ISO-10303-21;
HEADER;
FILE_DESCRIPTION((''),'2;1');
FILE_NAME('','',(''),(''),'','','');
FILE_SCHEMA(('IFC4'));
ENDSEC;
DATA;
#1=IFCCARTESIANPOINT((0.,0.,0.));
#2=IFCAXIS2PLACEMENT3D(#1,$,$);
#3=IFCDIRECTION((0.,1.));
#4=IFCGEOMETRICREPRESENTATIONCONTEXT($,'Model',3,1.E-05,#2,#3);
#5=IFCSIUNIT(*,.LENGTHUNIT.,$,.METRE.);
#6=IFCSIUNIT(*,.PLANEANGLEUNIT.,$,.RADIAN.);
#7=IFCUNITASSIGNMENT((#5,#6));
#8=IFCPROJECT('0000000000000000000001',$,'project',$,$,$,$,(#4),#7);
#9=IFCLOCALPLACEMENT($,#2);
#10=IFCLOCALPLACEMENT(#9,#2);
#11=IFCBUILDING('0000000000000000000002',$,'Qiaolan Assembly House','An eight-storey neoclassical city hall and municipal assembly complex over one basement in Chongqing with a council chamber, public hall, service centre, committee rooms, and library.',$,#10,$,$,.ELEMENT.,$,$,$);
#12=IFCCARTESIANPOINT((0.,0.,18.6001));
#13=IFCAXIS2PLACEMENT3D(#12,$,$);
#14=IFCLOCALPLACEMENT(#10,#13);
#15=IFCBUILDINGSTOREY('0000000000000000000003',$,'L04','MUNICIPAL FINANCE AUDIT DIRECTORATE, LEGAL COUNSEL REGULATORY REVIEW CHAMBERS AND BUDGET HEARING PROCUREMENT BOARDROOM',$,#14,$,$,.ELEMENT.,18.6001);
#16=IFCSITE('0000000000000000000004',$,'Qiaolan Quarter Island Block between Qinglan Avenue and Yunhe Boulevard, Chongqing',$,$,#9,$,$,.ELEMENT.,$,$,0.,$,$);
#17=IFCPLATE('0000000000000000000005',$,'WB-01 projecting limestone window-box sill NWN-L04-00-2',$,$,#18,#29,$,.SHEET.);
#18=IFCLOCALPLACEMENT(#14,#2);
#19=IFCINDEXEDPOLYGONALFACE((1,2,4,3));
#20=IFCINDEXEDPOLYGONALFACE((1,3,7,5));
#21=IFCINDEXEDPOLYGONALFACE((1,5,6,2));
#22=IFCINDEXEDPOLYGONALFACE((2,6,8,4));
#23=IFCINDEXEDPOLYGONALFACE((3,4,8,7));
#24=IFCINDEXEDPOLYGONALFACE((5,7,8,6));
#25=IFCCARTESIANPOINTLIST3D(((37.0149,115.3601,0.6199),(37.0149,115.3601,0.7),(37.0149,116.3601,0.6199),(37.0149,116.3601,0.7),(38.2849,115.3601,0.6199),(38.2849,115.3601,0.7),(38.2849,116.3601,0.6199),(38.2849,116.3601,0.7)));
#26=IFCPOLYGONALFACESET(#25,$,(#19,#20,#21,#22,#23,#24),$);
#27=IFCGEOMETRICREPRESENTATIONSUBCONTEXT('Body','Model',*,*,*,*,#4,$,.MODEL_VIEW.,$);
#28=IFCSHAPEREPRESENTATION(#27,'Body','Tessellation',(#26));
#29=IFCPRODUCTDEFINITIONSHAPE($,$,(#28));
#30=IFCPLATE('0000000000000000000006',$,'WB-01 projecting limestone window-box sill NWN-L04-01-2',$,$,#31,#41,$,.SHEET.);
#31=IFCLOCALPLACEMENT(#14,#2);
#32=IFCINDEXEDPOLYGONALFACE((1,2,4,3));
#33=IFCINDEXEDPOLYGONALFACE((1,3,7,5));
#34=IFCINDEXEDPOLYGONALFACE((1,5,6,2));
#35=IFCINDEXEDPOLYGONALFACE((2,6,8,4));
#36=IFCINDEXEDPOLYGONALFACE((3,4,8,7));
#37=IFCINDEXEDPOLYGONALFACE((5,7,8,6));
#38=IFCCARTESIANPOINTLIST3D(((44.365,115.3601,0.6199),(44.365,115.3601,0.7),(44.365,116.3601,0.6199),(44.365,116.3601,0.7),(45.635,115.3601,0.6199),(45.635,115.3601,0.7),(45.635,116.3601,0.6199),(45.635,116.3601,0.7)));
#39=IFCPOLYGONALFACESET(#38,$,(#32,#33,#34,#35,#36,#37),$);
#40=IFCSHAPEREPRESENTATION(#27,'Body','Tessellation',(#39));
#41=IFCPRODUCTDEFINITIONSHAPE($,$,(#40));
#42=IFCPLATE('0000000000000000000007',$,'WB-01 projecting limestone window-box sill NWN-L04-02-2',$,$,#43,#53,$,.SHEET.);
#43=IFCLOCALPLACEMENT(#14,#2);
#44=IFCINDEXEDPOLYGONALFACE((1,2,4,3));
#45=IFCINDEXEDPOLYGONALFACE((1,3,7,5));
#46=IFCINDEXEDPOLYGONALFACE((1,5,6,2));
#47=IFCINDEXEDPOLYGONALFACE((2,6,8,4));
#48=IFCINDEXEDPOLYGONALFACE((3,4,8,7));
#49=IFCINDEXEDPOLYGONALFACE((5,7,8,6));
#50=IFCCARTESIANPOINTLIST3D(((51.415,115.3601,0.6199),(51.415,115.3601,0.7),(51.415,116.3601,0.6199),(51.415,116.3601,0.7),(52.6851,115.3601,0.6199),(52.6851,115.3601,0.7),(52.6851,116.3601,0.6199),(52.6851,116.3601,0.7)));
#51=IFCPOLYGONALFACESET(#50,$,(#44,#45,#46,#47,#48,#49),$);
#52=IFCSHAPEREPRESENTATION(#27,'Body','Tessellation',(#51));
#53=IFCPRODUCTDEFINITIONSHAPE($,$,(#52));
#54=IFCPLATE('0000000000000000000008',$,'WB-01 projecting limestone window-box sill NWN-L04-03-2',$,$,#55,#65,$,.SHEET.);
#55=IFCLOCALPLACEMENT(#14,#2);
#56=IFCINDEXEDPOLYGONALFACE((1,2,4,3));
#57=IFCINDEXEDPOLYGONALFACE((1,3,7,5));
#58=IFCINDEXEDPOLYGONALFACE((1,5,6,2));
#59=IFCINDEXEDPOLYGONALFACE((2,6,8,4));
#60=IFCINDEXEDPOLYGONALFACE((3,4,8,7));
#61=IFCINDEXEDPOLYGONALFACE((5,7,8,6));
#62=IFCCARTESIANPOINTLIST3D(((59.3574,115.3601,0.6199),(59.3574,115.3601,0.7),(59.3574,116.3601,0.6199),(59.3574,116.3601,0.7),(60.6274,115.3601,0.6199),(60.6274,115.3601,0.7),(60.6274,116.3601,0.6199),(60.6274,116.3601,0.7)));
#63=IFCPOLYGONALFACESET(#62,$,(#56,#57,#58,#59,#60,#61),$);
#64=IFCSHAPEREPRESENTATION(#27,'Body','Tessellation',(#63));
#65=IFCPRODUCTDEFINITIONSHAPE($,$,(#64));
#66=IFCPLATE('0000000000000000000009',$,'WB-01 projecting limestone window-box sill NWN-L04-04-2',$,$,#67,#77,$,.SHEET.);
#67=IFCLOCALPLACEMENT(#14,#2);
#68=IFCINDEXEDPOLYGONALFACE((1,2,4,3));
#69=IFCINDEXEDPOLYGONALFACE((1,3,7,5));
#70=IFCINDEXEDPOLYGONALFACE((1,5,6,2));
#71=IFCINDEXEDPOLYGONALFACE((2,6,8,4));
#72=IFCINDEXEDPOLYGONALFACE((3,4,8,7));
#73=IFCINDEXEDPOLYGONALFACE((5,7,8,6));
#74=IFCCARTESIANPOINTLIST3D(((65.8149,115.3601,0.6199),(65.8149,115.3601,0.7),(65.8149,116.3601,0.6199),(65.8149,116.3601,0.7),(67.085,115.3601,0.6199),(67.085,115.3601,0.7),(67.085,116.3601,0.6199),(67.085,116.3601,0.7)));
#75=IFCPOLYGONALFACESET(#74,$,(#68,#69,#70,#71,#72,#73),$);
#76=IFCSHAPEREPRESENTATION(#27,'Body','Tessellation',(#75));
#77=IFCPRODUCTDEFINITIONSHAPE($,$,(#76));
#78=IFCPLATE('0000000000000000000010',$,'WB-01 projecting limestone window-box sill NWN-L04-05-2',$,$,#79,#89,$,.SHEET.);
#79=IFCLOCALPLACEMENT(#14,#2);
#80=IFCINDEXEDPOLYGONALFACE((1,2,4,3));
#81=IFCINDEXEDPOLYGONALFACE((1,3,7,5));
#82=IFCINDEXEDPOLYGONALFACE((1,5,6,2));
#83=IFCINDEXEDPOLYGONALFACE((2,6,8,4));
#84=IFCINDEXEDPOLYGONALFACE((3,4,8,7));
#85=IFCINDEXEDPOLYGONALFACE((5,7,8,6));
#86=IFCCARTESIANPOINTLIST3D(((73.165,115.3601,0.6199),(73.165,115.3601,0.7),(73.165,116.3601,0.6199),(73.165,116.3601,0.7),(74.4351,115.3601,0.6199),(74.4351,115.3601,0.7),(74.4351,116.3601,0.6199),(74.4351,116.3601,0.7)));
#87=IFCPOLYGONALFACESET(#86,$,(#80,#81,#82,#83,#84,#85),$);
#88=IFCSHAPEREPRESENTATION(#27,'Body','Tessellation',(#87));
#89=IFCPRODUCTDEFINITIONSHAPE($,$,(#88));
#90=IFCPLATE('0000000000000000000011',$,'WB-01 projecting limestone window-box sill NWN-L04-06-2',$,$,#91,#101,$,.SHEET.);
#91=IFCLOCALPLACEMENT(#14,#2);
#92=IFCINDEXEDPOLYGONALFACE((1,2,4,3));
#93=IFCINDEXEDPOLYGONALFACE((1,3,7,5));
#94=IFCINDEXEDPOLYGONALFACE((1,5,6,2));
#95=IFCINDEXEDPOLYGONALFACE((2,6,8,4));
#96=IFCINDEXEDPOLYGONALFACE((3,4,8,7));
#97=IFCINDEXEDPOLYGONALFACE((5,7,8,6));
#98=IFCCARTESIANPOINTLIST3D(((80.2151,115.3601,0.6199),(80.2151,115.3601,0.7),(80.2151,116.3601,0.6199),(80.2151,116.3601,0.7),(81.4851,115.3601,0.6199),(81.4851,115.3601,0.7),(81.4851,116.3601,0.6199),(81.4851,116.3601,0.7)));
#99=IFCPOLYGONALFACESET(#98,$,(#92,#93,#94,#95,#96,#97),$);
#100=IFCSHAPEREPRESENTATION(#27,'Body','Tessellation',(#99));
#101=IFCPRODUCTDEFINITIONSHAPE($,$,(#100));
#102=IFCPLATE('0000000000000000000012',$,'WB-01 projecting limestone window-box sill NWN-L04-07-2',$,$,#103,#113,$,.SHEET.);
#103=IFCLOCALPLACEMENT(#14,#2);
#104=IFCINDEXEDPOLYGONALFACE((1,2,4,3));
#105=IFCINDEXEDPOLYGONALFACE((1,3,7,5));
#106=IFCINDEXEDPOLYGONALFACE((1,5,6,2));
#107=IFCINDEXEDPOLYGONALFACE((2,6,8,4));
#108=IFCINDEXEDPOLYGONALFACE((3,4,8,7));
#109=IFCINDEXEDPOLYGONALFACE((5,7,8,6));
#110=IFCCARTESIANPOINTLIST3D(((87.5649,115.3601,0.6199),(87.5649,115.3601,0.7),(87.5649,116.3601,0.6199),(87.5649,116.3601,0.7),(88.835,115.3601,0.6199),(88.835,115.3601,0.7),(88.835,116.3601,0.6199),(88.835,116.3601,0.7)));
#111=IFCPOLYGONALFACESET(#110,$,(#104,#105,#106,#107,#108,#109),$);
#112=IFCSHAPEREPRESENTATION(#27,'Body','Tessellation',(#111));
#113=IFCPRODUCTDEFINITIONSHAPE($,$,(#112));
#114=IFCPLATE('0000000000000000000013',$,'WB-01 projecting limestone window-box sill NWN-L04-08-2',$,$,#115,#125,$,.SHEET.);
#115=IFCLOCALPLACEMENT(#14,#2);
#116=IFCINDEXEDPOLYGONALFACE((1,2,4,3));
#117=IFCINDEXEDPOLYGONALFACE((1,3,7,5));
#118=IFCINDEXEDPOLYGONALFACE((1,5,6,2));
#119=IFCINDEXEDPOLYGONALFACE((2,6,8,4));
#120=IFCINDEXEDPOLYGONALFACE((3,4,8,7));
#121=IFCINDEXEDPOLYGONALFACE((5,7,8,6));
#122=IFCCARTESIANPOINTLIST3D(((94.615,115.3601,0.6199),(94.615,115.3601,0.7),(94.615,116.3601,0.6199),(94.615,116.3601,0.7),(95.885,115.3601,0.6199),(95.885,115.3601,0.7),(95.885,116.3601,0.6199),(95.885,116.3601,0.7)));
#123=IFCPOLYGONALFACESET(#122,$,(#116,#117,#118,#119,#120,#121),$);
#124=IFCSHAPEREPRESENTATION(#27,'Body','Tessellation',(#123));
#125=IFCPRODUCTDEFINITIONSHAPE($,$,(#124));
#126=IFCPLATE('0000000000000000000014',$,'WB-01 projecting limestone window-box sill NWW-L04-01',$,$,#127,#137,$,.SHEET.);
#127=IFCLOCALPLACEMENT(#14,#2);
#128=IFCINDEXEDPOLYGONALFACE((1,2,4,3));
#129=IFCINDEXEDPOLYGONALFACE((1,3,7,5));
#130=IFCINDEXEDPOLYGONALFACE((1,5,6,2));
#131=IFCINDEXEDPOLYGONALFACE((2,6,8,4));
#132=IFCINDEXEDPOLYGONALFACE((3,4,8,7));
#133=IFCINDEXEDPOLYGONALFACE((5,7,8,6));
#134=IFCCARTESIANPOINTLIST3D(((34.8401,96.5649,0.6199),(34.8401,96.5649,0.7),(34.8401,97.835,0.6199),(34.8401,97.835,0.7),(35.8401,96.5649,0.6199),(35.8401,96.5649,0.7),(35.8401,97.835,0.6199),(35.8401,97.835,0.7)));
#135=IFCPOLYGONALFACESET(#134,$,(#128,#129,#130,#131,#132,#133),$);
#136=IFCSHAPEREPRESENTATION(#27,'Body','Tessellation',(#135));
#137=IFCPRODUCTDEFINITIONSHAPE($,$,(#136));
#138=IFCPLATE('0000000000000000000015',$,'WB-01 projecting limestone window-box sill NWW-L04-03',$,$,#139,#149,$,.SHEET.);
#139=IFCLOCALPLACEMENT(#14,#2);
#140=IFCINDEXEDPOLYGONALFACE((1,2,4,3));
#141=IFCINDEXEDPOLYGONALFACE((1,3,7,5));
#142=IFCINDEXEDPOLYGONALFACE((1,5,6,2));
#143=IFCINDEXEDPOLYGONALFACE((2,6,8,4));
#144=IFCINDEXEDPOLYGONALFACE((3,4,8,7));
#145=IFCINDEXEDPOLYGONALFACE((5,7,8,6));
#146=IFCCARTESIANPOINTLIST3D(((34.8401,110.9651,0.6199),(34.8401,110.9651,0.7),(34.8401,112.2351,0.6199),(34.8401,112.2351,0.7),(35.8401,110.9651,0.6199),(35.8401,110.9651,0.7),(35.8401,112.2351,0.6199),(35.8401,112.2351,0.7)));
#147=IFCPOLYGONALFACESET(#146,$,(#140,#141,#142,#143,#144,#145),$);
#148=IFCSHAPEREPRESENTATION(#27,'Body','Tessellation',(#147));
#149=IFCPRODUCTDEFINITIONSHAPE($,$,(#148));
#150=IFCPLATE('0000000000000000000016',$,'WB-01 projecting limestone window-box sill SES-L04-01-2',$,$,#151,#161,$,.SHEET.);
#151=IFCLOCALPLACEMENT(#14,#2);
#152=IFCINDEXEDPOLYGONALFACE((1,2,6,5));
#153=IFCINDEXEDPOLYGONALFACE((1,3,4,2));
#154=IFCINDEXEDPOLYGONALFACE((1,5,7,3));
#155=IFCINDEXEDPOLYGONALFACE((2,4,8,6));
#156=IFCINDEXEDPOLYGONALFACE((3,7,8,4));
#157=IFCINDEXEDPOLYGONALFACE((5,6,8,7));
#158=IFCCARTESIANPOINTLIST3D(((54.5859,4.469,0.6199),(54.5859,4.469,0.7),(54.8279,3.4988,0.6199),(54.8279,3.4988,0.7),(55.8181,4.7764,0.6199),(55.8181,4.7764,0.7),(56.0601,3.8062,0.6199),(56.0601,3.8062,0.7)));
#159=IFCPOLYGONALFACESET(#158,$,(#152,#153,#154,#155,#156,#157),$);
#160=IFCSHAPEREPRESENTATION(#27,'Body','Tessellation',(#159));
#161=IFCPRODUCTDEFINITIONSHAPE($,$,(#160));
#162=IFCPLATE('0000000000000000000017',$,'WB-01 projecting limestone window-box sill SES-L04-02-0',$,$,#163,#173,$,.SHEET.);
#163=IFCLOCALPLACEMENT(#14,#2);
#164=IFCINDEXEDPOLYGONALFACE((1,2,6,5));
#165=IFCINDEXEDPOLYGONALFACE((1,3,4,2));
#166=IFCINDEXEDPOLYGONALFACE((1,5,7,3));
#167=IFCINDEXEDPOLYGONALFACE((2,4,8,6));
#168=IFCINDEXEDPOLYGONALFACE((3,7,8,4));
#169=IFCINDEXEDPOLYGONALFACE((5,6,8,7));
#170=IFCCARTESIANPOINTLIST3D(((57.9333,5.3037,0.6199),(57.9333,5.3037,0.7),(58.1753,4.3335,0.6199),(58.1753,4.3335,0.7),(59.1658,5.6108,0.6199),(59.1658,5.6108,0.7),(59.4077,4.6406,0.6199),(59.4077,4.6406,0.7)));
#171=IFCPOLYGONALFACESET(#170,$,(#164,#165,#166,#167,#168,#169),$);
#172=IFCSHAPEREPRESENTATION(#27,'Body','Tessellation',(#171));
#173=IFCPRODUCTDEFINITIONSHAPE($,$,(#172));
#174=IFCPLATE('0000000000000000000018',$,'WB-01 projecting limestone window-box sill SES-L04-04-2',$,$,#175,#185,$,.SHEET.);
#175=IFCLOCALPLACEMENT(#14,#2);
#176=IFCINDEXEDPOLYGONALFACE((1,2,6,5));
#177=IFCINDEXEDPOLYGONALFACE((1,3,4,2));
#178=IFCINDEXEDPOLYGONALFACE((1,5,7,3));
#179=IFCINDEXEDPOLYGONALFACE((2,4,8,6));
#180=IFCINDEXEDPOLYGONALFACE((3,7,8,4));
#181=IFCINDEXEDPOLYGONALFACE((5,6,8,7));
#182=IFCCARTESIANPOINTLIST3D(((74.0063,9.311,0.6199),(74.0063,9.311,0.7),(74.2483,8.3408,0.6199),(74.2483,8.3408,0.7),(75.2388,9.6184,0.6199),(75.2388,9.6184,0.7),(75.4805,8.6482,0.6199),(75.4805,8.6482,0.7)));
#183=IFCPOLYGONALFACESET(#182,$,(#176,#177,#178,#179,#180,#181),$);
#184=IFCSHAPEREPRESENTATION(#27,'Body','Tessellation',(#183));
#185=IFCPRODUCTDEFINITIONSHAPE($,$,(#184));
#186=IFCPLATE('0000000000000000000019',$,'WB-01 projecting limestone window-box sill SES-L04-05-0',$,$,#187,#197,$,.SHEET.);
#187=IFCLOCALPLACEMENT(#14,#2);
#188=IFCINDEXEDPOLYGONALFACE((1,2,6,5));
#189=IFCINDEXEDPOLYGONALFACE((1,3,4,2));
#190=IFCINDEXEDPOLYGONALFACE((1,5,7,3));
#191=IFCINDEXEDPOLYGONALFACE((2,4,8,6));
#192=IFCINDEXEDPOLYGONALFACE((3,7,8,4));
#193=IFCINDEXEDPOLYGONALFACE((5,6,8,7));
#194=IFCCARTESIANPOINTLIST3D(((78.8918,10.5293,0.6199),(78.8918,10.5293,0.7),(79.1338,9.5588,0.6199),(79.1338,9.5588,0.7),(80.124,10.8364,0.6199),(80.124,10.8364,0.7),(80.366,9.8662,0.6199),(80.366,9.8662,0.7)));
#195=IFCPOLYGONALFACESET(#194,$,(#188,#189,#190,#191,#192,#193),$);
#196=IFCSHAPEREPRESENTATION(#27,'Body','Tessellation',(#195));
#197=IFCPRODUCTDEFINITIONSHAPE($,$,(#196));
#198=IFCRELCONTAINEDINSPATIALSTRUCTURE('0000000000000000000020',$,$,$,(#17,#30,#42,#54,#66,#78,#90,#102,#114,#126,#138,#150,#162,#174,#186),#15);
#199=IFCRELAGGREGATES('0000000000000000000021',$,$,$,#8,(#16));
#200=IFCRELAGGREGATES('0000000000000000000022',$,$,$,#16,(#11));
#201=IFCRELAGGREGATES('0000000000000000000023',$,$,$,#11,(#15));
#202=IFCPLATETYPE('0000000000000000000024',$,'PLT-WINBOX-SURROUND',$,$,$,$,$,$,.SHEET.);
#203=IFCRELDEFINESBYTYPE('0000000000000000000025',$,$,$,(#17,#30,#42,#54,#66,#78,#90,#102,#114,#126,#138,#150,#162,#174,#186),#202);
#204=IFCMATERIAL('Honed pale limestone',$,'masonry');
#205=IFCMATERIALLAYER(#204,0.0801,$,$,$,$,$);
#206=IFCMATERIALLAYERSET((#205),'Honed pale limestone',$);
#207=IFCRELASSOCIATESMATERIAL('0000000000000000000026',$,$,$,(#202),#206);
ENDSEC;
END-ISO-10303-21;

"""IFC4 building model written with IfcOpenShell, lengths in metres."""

from ifc_helpers import new_model, si_unit, direction, frame, origin, place, context, subcontext, project, spatial, polyline, outline, extrude, material, layer, layer_set, type_object, element, save


model = new_model("IFC4")

# Units and contexts
model_context = context("Model", 3, precision=1e-05, world=origin(), true_north=direction((0.0, 1.0)))
body_context = subcontext(model_context, "Body", "Model", "MODEL_VIEW")
ifc_project = project(units=[si_unit("LENGTHUNIT", "METRE"), si_unit("PLANEANGLEUNIT", "RADIAN")], contexts=[model_context])

# Site, building, storey
site_placement = place(None, origin())
site = spatial("IfcSite", under=ifc_project, at=site_placement, Name="Qiaolan Quarter Island Block between Qinglan Avenue and Yunhe Boulevard, Chongqing", CompositionType="ELEMENT", RefElevation=0.0)
building_placement = place(site_placement, origin())
building = spatial("IfcBuilding", under=site, at=building_placement, Name="Qiaolan Assembly House", Description="An eight-storey neoclassical city hall and municipal assembly complex over one basement in Chongqing with a council chamber, public hall, service centre, committee rooms, and library.", CompositionType="ELEMENT")
storey_placement = place(building_placement, frame((0.0, 0.0, 18.6001)))
storey = spatial("IfcBuildingStorey", under=building, at=storey_placement, Name="L04", Description="MUNICIPAL FINANCE AUDIT DIRECTORATE, LEGAL COUNSEL REGULATORY REVIEW CHAMBERS AND BUDGET HEARING PROCUREMENT BOARDROOM", CompositionType="ELEMENT", Elevation=18.6001)

# Plates
ifc_material_1 = material(Name="Honed pale limestone", Category="masonry")
ifc_layer_1 = layer(ifc_material_1, 0.0801)
ifc_layer_set_1 = layer_set([ifc_layer_1], Name="Honed pale limestone")
plate_type = type_object("IfcPlateType", Name="PLT-WINBOX-SURROUND", PredefinedType="SHEET", material=ifc_layer_set_1)
plate_1_placement = place(storey_placement, frame((0.0, 0.0, 0.6199)))
element("IfcPlate", 1, at=plate_1_placement, inside=storey, type_object=plate_type, Name="WB-01 projecting limestone window-box sill NWN-L04-00-2", PredefinedType="SHEET", context=body_context, shape_type="SweptSolid", body=[
    extrude(outline(polyline([(37.0149, 115.3601), (37.0149, 116.3601), (38.2849, 116.3601), (38.2849, 115.3601), (37.0149, 115.3601)])), origin(), (0.0, 0.0, 1.0), 0.0801),
])
plate_2_placement = place(storey_placement, frame((0.0, 0.0, 0.6199)))
element("IfcPlate", 2, at=plate_2_placement, inside=storey, type_object=plate_type, Name="WB-01 projecting limestone window-box sill NWN-L04-01-2", PredefinedType="SHEET", context=body_context, shape_type="SweptSolid", body=[
    extrude(outline(polyline([(44.365, 115.3601), (44.365, 116.3601), (45.635, 116.3601), (45.635, 115.3601), (44.365, 115.3601)])), origin(), (0.0, 0.0, 1.0), 0.0801),
])
plate_3_placement = place(storey_placement, frame((0.0, 0.0, 0.6199)))
element("IfcPlate", 3, at=plate_3_placement, inside=storey, type_object=plate_type, Name="WB-01 projecting limestone window-box sill NWN-L04-02-2", PredefinedType="SHEET", context=body_context, shape_type="SweptSolid", body=[
    extrude(outline(polyline([(51.415, 115.3601), (51.415, 116.3601), (52.6851, 116.3601), (52.6851, 115.3601), (51.415, 115.3601)])), origin(), (0.0, 0.0, 1.0), 0.0801),
])
plate_4_placement = place(storey_placement, frame((0.0, 0.0, 0.6199)))
element("IfcPlate", 4, at=plate_4_placement, inside=storey, type_object=plate_type, Name="WB-01 projecting limestone window-box sill NWN-L04-03-2", PredefinedType="SHEET", context=body_context, shape_type="SweptSolid", body=[
    extrude(outline(polyline([(59.3574, 115.3601), (59.3574, 116.3601), (60.6274, 116.3601), (60.6274, 115.3601), (59.3574, 115.3601)])), origin(), (0.0, 0.0, 1.0), 0.0801),
])
plate_5_placement = place(storey_placement, frame((0.0, 0.0, 0.6199)))
element("IfcPlate", 5, at=plate_5_placement, inside=storey, type_object=plate_type, Name="WB-01 projecting limestone window-box sill NWN-L04-04-2", PredefinedType="SHEET", context=body_context, shape_type="SweptSolid", body=[
    extrude(outline(polyline([(65.8149, 115.3601), (65.8149, 116.3601), (67.085, 116.3601), (67.085, 115.3601), (65.8149, 115.3601)])), origin(), (0.0, 0.0, 1.0), 0.0801),
])
plate_6_placement = place(storey_placement, frame((0.0, 0.0, 0.6199)))
element("IfcPlate", 6, at=plate_6_placement, inside=storey, type_object=plate_type, Name="WB-01 projecting limestone window-box sill NWN-L04-05-2", PredefinedType="SHEET", context=body_context, shape_type="SweptSolid", body=[
    extrude(outline(polyline([(73.165, 115.3601), (73.165, 116.3601), (74.4351, 116.3601), (74.4351, 115.3601), (73.165, 115.3601)])), origin(), (0.0, 0.0, 1.0), 0.0801),
])
plate_7_placement = place(storey_placement, frame((0.0, 0.0, 0.6199)))
element("IfcPlate", 7, at=plate_7_placement, inside=storey, type_object=plate_type, Name="WB-01 projecting limestone window-box sill NWN-L04-06-2", PredefinedType="SHEET", context=body_context, shape_type="SweptSolid", body=[
    extrude(outline(polyline([(80.2151, 115.3601), (80.2151, 116.3601), (81.4851, 116.3601), (81.4851, 115.3601), (80.2151, 115.3601)])), origin(), (0.0, 0.0, 1.0), 0.0801),
])
plate_8_placement = place(storey_placement, frame((0.0, 0.0, 0.6199)))
element("IfcPlate", 8, at=plate_8_placement, inside=storey, type_object=plate_type, Name="WB-01 projecting limestone window-box sill NWN-L04-07-2", PredefinedType="SHEET", context=body_context, shape_type="SweptSolid", body=[
    extrude(outline(polyline([(87.5649, 115.3601), (87.5649, 116.3601), (88.835, 116.3601), (88.835, 115.3601), (87.5649, 115.3601)])), origin(), (0.0, 0.0, 1.0), 0.0801),
])
plate_9_placement = place(storey_placement, frame((0.0, 0.0, 0.6199)))
element("IfcPlate", 9, at=plate_9_placement, inside=storey, type_object=plate_type, Name="WB-01 projecting limestone window-box sill NWN-L04-08-2", PredefinedType="SHEET", context=body_context, shape_type="SweptSolid", body=[
    extrude(outline(polyline([(94.615, 115.3601), (94.615, 116.3601), (95.885, 116.3601), (95.885, 115.3601), (94.615, 115.3601)])), origin(), (0.0, 0.0, 1.0), 0.0801),
])
plate_10_placement = place(storey_placement, frame((0.0, 0.0, 0.6199)))
element("IfcPlate", 10, at=plate_10_placement, inside=storey, type_object=plate_type, Name="WB-01 projecting limestone window-box sill NWW-L04-01", PredefinedType="SHEET", context=body_context, shape_type="SweptSolid", body=[
    extrude(outline(polyline([(34.8401, 96.5649), (34.8401, 97.835), (35.8401, 97.835), (35.8401, 96.5649), (34.8401, 96.5649)])), origin(), (0.0, 0.0, 1.0), 0.0801),
])
plate_11_placement = place(storey_placement, frame((0.0, 0.0, 0.6199)))
element("IfcPlate", 11, at=plate_11_placement, inside=storey, type_object=plate_type, Name="WB-01 projecting limestone window-box sill NWW-L04-03", PredefinedType="SHEET", context=body_context, shape_type="SweptSolid", body=[
    extrude(outline(polyline([(34.8401, 110.9651), (34.8401, 112.2351), (35.8401, 112.2351), (35.8401, 110.9651), (34.8401, 110.9651)])), origin(), (0.0, 0.0, 1.0), 0.0801),
])
plate_12_placement = place(storey_placement, frame((0.0, 0.0, 0.6199)))
element("IfcPlate", 12, at=plate_12_placement, inside=storey, type_object=plate_type, Name="WB-01 projecting limestone window-box sill SES-L04-01-2", PredefinedType="SHEET", context=body_context, shape_type="SweptSolid", body=[
    extrude(outline(polyline([(54.8279, 3.4988), (56.0601, 3.8062), (55.8181, 4.7764), (54.5859, 4.469), (54.8279, 3.4988)])), origin(), (0.0, 0.0, 1.0), 0.0801),
])
plate_13_placement = place(storey_placement, frame((0.0, 0.0, 0.6199)))
element("IfcPlate", 13, at=plate_13_placement, inside=storey, type_object=plate_type, Name="WB-01 projecting limestone window-box sill SES-L04-02-0", PredefinedType="SHEET", context=body_context, shape_type="SweptSolid", body=[
    extrude(outline(polyline([(58.1753, 4.3335), (59.4077, 4.6406), (59.1658, 5.6108), (57.9333, 5.3037), (58.1753, 4.3335)])), origin(), (0.0, 0.0, 1.0), 0.0801),
])
plate_14_placement = place(storey_placement, frame((0.0, 0.0, 0.6199)))
element("IfcPlate", 14, at=plate_14_placement, inside=storey, type_object=plate_type, Name="WB-01 projecting limestone window-box sill SES-L04-04-2", PredefinedType="SHEET", context=body_context, shape_type="SweptSolid", body=[
    extrude(outline(polyline([(74.2483, 8.3408), (75.4805, 8.6482), (75.2388, 9.6184), (74.0063, 9.311), (74.2483, 8.3408)])), origin(), (0.0, 0.0, 1.0), 0.0801),
])
plate_15_placement = place(storey_placement, frame((0.0, 0.0, 0.6199)))
element("IfcPlate", 15, at=plate_15_placement, inside=storey, type_object=plate_type, Name="WB-01 projecting limestone window-box sill SES-L04-05-0", PredefinedType="SHEET", context=body_context, shape_type="SweptSolid", body=[
    extrude(outline(polyline([(79.1338, 9.5588), (80.366, 9.8662), (80.124, 10.8364), (78.8918, 10.5293), (79.1338, 9.5588)])), origin(), (0.0, 0.0, 1.0), 0.0801),
])

save(model, "model.ifc")
